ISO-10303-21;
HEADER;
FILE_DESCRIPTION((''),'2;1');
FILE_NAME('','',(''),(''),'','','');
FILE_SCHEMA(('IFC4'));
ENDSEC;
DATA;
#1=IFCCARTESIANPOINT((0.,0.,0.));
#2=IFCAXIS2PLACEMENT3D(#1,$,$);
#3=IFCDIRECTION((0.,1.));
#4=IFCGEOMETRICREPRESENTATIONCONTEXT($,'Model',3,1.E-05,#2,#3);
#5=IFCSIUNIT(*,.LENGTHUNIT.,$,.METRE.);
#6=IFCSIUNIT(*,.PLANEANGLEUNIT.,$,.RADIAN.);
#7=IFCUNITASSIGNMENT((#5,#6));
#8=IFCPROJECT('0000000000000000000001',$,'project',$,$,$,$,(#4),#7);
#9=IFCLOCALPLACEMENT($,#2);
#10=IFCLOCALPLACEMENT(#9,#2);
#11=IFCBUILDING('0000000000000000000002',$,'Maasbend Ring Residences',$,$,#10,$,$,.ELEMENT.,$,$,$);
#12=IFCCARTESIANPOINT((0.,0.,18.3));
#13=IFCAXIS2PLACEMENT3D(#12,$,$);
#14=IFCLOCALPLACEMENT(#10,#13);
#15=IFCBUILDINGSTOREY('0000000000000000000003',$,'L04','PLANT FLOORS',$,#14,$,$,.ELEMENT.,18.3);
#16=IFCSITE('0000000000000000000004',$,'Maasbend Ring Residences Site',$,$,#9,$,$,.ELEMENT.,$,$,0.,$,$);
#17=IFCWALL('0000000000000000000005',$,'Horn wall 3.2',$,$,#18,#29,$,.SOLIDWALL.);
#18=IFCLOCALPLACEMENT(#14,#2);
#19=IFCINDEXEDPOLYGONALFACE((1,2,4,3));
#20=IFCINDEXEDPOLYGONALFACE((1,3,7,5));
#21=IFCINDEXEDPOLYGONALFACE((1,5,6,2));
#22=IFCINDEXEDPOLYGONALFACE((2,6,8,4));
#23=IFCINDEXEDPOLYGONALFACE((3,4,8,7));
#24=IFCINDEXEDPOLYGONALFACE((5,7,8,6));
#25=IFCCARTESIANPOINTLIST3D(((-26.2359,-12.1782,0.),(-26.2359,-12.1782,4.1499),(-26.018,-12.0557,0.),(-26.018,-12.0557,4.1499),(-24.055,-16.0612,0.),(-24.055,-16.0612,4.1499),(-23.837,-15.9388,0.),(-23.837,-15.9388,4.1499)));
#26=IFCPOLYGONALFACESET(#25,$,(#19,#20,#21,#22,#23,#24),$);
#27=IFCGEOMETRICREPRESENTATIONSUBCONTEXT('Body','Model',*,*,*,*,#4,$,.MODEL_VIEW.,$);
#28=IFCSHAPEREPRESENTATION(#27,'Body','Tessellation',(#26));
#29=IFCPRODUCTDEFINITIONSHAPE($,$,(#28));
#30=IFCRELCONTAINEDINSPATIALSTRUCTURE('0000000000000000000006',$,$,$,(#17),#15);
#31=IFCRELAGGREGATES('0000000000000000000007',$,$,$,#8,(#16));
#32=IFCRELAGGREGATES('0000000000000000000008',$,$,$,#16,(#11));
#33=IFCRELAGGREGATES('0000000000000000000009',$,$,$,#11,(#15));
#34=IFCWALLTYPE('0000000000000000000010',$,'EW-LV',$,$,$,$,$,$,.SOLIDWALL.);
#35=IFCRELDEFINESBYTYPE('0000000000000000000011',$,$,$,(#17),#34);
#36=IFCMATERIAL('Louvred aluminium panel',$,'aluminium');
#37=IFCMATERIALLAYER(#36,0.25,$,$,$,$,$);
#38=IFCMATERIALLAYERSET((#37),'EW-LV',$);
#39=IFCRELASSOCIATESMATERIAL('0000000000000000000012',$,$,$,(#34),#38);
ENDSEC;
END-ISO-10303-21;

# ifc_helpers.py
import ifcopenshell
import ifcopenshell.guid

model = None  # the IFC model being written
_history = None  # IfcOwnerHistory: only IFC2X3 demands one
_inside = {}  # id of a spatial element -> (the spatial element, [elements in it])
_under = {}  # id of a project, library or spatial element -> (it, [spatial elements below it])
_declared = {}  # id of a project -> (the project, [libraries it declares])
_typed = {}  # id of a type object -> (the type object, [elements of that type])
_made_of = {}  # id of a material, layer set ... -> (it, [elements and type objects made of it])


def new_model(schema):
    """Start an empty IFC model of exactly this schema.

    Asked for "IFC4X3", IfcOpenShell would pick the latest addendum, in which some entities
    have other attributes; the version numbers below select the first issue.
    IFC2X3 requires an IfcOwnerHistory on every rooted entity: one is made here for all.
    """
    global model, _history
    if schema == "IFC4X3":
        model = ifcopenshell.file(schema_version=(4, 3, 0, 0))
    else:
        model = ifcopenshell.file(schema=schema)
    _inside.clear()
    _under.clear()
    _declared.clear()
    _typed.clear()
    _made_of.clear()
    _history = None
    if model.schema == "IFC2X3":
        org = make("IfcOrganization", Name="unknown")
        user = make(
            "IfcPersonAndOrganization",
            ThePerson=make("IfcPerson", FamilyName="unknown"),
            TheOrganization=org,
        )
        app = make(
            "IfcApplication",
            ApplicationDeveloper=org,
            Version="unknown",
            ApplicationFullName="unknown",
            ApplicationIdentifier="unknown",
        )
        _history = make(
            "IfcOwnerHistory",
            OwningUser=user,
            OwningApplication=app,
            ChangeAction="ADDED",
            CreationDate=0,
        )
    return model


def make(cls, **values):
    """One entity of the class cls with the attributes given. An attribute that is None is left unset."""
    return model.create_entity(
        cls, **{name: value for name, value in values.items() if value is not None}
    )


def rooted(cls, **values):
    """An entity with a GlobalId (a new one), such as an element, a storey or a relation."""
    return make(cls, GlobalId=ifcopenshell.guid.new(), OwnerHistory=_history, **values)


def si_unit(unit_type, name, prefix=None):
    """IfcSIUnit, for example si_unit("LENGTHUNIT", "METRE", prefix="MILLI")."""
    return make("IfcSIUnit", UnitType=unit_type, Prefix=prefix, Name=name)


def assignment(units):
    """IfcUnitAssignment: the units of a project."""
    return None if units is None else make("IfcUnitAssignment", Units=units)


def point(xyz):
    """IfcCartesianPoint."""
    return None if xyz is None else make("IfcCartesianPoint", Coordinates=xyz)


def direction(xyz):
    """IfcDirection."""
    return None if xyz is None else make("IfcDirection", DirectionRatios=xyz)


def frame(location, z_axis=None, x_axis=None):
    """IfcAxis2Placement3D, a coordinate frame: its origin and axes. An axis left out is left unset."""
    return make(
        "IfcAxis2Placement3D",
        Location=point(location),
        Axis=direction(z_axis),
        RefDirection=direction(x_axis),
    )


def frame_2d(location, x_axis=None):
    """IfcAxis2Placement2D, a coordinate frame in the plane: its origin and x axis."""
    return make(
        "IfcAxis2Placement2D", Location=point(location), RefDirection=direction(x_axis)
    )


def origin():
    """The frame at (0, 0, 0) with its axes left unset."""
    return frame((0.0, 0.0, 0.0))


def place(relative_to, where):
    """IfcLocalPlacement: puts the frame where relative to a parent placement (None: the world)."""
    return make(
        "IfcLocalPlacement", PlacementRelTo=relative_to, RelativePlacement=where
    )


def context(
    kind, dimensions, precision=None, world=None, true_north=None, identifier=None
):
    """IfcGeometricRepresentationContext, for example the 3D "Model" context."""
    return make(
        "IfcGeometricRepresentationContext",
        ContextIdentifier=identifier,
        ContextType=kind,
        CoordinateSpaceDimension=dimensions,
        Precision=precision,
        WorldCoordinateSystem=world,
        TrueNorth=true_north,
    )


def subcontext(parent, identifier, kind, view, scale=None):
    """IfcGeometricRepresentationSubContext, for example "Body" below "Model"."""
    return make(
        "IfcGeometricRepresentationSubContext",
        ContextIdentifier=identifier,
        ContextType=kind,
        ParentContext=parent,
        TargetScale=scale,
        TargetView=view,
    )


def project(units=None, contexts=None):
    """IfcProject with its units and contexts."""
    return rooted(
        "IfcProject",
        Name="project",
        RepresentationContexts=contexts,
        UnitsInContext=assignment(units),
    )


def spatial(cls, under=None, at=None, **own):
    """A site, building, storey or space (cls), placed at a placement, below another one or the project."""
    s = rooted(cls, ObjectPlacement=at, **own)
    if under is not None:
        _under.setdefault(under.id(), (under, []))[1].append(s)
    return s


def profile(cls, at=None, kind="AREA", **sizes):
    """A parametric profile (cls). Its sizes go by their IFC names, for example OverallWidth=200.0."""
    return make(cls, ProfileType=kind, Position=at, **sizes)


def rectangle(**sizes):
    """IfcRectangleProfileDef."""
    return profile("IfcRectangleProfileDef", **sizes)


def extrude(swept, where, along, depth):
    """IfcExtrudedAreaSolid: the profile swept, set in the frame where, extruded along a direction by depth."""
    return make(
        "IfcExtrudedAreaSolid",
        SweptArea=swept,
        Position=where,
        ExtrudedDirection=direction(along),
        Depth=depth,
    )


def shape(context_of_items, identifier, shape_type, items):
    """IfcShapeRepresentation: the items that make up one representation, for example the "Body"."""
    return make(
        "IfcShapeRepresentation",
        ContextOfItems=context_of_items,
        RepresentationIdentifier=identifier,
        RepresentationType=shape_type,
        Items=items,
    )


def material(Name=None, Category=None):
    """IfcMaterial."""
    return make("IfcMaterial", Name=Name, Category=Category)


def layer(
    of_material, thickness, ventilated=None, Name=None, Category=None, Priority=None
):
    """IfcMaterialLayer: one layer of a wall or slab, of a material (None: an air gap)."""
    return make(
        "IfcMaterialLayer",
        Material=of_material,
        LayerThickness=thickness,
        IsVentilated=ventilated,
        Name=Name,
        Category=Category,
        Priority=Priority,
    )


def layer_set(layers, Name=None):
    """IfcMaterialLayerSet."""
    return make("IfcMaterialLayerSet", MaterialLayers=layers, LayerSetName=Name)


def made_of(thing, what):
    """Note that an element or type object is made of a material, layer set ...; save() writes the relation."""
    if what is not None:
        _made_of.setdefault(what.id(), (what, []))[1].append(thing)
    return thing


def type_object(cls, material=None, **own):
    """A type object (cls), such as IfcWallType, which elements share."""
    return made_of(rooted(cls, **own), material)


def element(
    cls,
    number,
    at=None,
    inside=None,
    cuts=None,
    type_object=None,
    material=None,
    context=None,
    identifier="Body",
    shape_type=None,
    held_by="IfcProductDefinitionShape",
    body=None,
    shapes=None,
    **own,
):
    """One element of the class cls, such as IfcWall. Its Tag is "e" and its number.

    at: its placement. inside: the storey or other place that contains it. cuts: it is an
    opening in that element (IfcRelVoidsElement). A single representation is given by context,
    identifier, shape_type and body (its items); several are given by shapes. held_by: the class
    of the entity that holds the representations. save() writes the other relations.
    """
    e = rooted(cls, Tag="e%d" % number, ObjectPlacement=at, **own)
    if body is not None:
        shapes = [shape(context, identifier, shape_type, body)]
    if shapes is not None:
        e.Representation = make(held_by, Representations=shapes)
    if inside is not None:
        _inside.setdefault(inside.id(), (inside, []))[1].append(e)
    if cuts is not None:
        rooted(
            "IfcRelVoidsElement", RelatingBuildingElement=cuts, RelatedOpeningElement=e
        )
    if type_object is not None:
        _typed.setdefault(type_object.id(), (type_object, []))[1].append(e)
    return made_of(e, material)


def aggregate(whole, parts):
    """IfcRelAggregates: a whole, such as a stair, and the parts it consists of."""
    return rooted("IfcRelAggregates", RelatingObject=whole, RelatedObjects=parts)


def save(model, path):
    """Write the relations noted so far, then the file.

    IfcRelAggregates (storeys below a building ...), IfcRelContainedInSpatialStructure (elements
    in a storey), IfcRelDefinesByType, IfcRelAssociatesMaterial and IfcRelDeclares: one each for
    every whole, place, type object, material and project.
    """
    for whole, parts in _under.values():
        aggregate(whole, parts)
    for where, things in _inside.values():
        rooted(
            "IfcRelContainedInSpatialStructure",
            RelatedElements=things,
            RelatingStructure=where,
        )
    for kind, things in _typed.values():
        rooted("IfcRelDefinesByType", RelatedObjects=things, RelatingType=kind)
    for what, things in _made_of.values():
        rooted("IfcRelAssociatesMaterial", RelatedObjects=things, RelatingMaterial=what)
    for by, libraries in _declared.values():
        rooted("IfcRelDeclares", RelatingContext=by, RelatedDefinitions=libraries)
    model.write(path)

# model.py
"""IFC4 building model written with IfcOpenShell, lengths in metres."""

from ifc_helpers import new_model, si_unit, direction, frame, frame_2d, origin, place, context, subcontext, project, spatial, rectangle, extrude, material, layer, layer_set, type_object, element, save


model = new_model("IFC4")

# Units and contexts
model_context = context("Model", 3, precision=1e-05, world=origin(), true_north=direction((0.0, 1.0)))
body_context = subcontext(model_context, "Body", "Model", "MODEL_VIEW")
ifc_project = project(units=[si_unit("LENGTHUNIT", "METRE"), si_unit("PLANEANGLEUNIT", "RADIAN")], contexts=[model_context])

# Site, building, storey
site_placement = place(None, origin())
site = spatial("IfcSite", under=ifc_project, at=site_placement, Name="Maasbend Ring Residences Site", CompositionType="ELEMENT", RefElevation=0.0)
building_placement = place(site_placement, origin())
building = spatial("IfcBuilding", under=site, at=building_placement, Name="Maasbend Ring Residences", CompositionType="ELEMENT")
storey_placement = place(building_placement, frame((0.0, 0.0, 18.3)))
storey = spatial("IfcBuildingStorey", under=building, at=storey_placement, Name="L04", Description="PLANT FLOORS", CompositionType="ELEMENT", Elevation=18.3)

# Wall
ifc_material_1 = material(Name="Louvred aluminium panel", Category="aluminium")
ifc_layer_1 = layer(ifc_material_1, 0.25)
ifc_layer_set_1 = layer_set([ifc_layer_1], Name="EW-LV")
wall_type_1 = type_object("IfcWallType", Name="EW-LV", PredefinedType="SOLIDWALL", material=ifc_layer_set_1)
wall_1_placement = place(storey_placement, frame((-26.127, -12.1169, 0.0), z_axis=(0.0, 0.0, 1.0), x_axis=(0.489696, -0.871893, 0.0)))
element("IfcWall", 1, at=wall_1_placement, inside=storey, type_object=wall_type_1, Name="Horn wall 3.2", PredefinedType="SOLIDWALL", context=body_context, shape_type="SweptSolid", body=[
    extrude(rectangle(XDim=4.4536, YDim=0.25, at=frame_2d((2.2268, 0.0))), origin(), (0.0, 0.0, 1.0), 4.1499),
])

save(model, "model.ifc")
